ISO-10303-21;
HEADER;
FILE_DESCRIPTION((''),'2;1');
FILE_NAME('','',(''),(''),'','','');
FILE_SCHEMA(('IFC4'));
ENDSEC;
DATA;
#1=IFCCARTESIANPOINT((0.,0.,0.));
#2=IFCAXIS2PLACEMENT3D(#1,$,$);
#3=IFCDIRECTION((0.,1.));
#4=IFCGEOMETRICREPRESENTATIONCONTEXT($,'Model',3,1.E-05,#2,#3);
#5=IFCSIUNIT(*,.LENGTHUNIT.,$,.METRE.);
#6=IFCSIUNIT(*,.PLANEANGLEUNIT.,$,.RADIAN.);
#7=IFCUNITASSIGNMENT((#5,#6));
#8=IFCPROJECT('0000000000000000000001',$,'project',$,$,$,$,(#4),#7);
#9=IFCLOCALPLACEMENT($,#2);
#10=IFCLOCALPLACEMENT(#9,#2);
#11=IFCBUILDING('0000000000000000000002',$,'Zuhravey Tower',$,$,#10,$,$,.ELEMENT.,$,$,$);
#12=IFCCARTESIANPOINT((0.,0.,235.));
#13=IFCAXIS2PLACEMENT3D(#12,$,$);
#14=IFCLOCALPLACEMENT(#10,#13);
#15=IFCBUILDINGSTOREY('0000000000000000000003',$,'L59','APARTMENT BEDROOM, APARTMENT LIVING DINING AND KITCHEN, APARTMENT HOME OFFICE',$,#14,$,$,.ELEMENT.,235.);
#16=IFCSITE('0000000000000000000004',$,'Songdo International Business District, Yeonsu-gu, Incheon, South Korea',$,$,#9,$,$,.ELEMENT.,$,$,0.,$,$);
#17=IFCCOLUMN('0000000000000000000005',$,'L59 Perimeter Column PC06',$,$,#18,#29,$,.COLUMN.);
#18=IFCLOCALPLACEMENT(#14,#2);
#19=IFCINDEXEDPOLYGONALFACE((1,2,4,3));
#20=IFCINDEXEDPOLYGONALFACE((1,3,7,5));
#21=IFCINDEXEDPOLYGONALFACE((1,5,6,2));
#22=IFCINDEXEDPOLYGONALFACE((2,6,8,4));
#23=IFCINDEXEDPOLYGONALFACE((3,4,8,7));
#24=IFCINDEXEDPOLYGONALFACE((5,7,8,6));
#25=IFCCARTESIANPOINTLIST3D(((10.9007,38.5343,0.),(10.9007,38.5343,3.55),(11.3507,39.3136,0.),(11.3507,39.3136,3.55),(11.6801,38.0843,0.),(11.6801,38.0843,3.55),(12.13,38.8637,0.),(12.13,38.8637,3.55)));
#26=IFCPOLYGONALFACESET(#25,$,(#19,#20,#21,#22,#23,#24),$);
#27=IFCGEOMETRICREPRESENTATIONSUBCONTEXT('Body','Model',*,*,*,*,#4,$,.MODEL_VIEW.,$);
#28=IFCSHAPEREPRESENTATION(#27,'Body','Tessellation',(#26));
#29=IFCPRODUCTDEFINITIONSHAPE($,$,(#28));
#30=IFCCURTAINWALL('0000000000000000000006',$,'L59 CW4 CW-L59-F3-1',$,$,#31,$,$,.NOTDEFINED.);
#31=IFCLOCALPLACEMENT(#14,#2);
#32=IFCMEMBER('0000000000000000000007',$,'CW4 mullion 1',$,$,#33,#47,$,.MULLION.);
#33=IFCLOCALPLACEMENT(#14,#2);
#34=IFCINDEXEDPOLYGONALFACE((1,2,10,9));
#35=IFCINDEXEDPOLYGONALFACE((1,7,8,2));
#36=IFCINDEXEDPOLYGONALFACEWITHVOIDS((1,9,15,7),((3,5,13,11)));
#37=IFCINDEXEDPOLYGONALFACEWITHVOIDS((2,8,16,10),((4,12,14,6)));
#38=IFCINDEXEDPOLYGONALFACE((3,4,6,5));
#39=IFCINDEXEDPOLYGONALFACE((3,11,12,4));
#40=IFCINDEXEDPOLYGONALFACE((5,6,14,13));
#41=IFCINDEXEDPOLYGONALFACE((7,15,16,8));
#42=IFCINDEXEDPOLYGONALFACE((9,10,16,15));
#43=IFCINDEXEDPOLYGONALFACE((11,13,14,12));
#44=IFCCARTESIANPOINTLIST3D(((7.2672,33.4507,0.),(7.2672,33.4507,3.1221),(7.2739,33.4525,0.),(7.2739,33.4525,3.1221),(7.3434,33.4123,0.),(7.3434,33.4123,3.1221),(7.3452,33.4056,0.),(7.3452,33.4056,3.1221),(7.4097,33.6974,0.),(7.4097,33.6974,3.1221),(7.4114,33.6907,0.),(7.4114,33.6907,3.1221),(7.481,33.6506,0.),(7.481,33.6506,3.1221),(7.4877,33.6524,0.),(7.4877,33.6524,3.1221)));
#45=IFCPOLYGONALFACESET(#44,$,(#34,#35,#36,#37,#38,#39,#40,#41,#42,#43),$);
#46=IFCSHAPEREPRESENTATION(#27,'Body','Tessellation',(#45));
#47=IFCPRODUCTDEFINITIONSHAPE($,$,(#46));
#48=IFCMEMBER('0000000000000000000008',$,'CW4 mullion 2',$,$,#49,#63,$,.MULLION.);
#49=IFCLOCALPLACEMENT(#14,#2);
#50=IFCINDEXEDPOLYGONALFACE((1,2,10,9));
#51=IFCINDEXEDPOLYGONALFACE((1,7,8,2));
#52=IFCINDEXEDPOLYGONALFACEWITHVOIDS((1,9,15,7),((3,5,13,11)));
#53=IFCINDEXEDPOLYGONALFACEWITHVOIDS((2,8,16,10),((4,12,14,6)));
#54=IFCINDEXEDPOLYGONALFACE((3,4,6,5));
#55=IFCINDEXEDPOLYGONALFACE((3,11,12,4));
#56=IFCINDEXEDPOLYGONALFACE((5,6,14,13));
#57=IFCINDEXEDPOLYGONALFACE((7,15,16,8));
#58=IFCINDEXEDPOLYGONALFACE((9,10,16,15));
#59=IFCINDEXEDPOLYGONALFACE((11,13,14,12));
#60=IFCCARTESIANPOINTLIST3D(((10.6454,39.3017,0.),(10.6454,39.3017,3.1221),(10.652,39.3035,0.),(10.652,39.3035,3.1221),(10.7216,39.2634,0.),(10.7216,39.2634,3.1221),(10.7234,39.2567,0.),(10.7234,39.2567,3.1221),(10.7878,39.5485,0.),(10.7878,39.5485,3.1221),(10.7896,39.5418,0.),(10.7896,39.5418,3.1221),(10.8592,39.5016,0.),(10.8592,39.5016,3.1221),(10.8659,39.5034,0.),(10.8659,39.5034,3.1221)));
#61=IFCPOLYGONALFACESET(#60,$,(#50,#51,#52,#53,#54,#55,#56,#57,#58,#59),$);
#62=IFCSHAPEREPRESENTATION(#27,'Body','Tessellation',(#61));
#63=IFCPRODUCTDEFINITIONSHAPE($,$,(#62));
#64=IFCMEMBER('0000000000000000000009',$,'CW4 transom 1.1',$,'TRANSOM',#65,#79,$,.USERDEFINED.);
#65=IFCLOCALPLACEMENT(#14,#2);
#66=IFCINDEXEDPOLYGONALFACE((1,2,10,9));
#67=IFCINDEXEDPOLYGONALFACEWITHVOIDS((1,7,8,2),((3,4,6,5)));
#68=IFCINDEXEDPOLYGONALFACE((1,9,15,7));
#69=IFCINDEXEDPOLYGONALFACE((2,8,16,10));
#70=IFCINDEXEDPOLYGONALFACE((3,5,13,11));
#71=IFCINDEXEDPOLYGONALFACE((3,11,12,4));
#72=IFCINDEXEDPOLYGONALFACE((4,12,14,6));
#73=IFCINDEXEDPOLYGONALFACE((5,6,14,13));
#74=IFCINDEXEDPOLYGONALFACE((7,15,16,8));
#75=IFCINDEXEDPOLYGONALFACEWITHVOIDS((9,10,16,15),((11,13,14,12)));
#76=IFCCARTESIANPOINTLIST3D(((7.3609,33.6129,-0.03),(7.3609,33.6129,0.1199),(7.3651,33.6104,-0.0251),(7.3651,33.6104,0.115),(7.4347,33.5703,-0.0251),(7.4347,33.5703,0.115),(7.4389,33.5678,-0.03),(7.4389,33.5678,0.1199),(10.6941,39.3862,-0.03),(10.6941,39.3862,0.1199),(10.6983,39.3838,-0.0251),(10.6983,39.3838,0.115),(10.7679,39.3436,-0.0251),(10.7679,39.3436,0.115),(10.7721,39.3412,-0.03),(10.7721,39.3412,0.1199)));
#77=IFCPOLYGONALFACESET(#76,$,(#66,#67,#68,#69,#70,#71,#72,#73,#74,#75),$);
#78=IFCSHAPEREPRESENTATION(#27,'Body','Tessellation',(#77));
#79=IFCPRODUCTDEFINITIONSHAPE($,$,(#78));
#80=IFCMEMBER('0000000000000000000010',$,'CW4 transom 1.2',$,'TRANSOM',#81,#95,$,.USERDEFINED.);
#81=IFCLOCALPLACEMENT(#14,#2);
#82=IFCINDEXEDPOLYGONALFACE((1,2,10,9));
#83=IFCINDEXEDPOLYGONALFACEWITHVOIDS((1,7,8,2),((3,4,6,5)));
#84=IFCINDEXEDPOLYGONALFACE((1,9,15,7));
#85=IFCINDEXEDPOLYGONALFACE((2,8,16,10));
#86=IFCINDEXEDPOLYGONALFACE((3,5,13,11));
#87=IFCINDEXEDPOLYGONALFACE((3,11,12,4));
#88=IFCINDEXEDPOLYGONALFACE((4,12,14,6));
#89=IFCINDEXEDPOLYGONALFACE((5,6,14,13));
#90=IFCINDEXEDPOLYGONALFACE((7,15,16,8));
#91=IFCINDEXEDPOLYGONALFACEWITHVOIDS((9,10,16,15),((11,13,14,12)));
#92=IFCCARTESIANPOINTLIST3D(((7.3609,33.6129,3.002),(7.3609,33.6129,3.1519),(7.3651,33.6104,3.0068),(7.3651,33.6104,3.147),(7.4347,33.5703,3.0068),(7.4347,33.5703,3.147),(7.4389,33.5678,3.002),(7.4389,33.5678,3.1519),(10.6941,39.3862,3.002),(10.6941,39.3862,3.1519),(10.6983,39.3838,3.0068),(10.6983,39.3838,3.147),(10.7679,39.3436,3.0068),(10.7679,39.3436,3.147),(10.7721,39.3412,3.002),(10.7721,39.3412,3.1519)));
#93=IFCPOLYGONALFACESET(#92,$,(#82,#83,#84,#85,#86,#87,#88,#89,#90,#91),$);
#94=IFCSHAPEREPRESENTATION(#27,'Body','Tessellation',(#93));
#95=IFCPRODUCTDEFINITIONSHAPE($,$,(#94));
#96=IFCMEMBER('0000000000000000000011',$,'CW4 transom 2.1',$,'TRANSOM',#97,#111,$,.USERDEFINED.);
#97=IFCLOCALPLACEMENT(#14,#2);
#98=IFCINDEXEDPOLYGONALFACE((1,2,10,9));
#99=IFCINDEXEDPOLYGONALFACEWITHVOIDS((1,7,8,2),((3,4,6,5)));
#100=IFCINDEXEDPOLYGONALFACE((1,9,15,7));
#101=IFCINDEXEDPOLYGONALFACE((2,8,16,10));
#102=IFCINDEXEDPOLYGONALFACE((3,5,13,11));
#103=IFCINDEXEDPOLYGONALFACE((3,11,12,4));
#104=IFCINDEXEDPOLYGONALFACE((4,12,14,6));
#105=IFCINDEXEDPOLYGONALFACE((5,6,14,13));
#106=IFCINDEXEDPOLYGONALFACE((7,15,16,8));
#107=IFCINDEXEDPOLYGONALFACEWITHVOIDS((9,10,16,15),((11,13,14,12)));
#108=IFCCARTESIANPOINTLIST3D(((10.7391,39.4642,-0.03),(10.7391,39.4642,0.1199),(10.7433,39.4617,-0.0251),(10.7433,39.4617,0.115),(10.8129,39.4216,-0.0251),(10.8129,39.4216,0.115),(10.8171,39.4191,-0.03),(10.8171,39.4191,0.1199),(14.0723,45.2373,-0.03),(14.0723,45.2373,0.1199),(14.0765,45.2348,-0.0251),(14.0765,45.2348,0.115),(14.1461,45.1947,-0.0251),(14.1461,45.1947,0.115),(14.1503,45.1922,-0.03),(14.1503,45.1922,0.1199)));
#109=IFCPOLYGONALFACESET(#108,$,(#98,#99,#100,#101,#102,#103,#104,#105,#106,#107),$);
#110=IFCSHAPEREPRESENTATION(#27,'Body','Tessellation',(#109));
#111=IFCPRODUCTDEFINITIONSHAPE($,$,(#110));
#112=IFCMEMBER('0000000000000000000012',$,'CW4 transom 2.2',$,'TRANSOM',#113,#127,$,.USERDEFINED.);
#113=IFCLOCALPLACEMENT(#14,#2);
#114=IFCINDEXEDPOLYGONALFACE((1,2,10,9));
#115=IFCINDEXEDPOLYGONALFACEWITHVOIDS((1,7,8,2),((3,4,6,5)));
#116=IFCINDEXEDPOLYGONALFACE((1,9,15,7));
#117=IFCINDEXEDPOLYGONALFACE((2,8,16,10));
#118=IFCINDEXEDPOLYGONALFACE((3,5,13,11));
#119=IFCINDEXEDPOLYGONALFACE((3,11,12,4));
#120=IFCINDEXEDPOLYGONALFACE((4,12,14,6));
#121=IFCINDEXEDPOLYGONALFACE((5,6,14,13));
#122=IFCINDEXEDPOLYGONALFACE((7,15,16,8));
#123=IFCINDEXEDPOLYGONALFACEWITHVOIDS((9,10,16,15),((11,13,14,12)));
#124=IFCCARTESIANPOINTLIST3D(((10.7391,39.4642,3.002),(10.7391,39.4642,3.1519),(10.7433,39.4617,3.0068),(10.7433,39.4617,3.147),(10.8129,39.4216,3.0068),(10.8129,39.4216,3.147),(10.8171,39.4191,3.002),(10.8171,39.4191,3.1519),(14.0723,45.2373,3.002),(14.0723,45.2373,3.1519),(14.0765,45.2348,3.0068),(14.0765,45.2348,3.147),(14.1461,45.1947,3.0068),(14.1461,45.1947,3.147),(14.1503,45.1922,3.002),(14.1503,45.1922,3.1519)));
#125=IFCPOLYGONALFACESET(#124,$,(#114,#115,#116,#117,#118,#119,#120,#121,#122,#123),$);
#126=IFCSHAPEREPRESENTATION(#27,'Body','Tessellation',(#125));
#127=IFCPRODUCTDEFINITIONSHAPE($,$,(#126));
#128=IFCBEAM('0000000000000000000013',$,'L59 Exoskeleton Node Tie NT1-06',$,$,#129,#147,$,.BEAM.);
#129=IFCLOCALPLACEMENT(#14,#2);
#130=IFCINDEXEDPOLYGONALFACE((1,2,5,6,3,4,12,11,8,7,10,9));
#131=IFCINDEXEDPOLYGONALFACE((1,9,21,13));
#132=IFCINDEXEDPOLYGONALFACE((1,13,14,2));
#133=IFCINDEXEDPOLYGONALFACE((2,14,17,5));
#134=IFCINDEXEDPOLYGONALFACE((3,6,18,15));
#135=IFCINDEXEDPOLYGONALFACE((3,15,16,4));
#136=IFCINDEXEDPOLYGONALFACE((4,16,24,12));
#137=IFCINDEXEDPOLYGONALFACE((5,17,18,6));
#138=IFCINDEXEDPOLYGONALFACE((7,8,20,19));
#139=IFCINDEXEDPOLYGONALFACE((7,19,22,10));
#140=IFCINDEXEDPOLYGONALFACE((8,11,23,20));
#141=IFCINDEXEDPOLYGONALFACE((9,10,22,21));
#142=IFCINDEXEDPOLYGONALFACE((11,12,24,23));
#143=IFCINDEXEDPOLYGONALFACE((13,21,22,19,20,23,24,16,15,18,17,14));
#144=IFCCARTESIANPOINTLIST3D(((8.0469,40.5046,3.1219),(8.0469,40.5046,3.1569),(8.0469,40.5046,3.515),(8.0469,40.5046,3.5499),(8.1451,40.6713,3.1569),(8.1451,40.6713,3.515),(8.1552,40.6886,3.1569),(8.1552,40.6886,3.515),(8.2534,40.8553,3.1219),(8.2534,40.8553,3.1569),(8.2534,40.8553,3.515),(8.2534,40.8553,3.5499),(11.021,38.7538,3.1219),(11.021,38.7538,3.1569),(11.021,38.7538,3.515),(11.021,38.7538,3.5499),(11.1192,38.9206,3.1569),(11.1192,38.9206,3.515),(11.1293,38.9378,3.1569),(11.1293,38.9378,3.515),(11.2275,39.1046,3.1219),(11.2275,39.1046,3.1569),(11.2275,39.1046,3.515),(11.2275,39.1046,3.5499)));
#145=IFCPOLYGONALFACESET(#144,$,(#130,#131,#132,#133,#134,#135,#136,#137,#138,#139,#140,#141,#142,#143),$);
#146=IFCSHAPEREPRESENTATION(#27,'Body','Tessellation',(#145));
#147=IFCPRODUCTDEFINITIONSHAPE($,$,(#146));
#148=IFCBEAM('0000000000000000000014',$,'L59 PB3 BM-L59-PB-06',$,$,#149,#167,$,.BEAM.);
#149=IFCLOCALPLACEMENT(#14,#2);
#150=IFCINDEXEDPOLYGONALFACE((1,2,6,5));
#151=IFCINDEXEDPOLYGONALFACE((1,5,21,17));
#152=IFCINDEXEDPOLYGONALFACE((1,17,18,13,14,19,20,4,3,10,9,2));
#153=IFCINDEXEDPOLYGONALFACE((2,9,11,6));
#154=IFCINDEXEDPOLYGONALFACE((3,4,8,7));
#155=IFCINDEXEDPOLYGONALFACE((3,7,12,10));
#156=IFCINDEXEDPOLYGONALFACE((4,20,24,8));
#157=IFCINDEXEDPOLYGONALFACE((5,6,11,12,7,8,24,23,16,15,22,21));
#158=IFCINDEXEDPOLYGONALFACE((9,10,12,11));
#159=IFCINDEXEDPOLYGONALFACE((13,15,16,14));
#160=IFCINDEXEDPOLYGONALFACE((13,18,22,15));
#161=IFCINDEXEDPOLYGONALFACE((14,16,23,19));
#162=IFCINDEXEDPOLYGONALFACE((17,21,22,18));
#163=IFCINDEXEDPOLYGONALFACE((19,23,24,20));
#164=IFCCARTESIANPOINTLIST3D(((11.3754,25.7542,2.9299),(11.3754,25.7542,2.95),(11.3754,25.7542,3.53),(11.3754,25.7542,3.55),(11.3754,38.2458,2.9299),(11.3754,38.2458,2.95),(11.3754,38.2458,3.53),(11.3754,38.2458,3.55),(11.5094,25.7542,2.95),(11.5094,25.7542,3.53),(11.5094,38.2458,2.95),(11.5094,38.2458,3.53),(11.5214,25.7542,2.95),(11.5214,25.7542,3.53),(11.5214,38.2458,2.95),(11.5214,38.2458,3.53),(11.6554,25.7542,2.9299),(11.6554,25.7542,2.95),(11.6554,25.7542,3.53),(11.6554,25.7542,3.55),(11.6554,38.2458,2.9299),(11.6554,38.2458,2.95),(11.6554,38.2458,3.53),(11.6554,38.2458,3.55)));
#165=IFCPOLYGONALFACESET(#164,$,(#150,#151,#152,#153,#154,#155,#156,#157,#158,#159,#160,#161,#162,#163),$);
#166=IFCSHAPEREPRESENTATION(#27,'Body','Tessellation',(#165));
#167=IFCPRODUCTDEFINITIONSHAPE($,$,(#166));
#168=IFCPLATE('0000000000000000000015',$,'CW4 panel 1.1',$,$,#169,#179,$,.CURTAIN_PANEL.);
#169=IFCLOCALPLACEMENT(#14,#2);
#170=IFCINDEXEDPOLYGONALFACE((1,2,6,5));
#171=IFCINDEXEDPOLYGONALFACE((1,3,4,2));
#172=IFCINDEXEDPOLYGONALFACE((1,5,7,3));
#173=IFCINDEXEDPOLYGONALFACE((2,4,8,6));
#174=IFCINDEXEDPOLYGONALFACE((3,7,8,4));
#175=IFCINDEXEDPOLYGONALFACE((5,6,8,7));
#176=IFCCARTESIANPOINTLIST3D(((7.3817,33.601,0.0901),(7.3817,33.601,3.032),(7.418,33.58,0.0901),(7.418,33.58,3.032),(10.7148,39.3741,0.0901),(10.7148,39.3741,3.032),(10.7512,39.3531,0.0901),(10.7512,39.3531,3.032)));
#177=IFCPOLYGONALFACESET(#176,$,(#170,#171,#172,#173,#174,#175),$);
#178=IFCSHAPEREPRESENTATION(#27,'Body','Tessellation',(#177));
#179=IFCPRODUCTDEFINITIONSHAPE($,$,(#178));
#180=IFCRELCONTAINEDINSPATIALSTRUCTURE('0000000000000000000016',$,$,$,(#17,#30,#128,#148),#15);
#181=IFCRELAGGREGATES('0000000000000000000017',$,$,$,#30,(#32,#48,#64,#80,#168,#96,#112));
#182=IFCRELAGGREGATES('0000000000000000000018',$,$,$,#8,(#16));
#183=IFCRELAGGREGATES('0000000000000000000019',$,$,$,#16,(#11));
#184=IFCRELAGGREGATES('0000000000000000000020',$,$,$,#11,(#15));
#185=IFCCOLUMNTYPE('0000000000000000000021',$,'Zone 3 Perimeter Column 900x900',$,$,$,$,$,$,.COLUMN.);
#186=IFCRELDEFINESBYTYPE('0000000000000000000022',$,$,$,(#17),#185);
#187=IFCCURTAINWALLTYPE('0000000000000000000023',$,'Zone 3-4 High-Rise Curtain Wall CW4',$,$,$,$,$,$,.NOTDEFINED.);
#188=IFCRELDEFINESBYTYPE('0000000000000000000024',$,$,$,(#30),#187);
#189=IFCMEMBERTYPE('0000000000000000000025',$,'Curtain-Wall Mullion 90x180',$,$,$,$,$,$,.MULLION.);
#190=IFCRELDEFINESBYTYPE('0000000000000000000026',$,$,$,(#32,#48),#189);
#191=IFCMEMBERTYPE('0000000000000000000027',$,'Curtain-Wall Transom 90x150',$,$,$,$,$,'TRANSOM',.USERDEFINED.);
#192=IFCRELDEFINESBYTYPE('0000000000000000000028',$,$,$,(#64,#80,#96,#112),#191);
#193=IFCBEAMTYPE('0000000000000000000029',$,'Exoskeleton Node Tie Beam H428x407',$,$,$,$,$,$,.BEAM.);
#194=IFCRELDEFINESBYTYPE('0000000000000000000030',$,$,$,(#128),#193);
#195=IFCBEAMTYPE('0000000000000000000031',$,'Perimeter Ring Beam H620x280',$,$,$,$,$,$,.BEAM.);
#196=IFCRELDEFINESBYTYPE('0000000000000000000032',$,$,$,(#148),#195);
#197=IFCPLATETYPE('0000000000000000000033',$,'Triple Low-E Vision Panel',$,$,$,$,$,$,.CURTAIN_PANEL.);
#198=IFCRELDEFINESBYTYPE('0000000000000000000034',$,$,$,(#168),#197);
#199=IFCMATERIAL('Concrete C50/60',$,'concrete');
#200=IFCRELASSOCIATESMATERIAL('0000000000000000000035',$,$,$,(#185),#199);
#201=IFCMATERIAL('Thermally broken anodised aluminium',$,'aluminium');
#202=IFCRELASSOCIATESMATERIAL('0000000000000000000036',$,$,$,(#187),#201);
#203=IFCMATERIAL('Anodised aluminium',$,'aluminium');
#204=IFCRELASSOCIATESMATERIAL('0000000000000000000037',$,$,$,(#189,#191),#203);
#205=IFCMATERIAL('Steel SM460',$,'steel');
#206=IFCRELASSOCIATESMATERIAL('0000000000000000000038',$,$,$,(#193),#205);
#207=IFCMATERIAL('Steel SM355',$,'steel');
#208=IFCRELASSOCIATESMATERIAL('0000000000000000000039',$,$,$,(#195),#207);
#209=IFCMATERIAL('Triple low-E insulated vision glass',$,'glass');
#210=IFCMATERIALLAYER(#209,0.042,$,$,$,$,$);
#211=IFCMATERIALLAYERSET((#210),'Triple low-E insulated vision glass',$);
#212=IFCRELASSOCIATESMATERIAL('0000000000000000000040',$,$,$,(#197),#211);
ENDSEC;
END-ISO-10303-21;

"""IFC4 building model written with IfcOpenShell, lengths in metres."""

from ifc_helpers import new_model, si_unit, direction, frame, origin, origin_2d, place, context, subcontext, project, spatial, rectangle, hollow_rectangle, i_section, extrude, material, layer, layer_set, material_profile, profile_set, type_object, element, aggregate, save


model = new_model("IFC4")

# Units and contexts
model_context = context("Model", 3, precision=1e-05, world=origin(), true_north=direction((0.0, 1.0)))
body_context = subcontext(model_context, "Body", "Model", "MODEL_VIEW")
ifc_project = project(units=[si_unit("LENGTHUNIT", "METRE"), si_unit("PLANEANGLEUNIT", "RADIAN")], contexts=[model_context])

# Site, building, storey
site_placement = place(None, origin())
site = spatial("IfcSite", under=ifc_project, at=site_placement, Name="Songdo International Business District, Yeonsu-gu, Incheon, South Korea", CompositionType="ELEMENT", RefElevation=0.0)
building_placement = place(site_placement, origin())
building = spatial("IfcBuilding", under=site, at=building_placement, Name="Zuhravey Tower", CompositionType="ELEMENT")
storey_placement = place(building_placement, frame((0.0, 0.0, 235.0)))
storey = spatial("IfcBuildingStorey", under=building, at=storey_placement, Name="L59", Description="APARTMENT BEDROOM, APARTMENT LIVING DINING AND KITCHEN, APARTMENT HOME OFFICE", CompositionType="ELEMENT", Elevation=235.0)

# Column
ifc_material_1 = material(Name="Concrete C50/60", Category="concrete")
ifc_material_profile_1 = material_profile(ifc_material_1, rectangle(XDim=0.8999, YDim=0.8999, at=origin_2d()), Name="RC-900x900")
ifc_profile_set_1 = profile_set([ifc_material_profile_1], Name="Concrete C50/60")
column_type = type_object("IfcColumnType", Name="Zone 3 Perimeter Column 900x900", PredefinedType="COLUMN", material=ifc_profile_set_1)
column_placement = place(storey_placement, frame((11.5154, 38.699, 0.0), z_axis=(0.0, 0.0, 1.0), x_axis=(-0.5, -0.866025, 0.0)))
element("IfcColumn", 1, at=column_placement, inside=storey, type_object=column_type, Name="L59 Perimeter Column PC06", PredefinedType="COLUMN", context=body_context, shape_type="SweptSolid", body=[
    extrude(rectangle(XDim=0.8999, YDim=0.8999, at=origin_2d()), origin(), (0.0, 0.0, 1.0), 3.55),
])

# Curtain wall, members
ifc_material_2 = material(Name="Thermally broken anodised aluminium", Category="aluminium")
curtain_wall_type = type_object("IfcCurtainWallType", Name="Zone 3-4 High-Rise Curtain Wall CW4", PredefinedType="NOTDEFINED", material=ifc_material_2)
curtain_wall_placement = place(storey_placement, origin())
curtain_wall = element("IfcCurtainWall", 2, at=curtain_wall_placement, inside=storey, type_object=curtain_wall_type, Name="L59 CW4 CW-L59-F3-1", PredefinedType="NOTDEFINED")
ifc_material_3 = material(Name="Anodised aluminium", Category="aluminium")
ifc_material_profile_2 = material_profile(ifc_material_3, hollow_rectangle(XDim=0.0901, YDim=0.2849, WallThickness=0.0049, at=origin_2d()), Name="ALU-RHS-90x285x5")
ifc_profile_set_2 = profile_set([ifc_material_profile_2], Name="Anodised aluminium")
member_type_1 = type_object("IfcMemberType", Name="Curtain-Wall Mullion 90x180", PredefinedType="MULLION", material=ifc_profile_set_2)
member_1_placement = place(storey_placement, frame((7.3774, 33.5515, 0.0), z_axis=(0.0, 0.0, 1.0), x_axis=(-0.866024, 0.500002, 0.0)))
member_1 = element("IfcMember", 3, at=member_1_placement, type_object=member_type_1, Name="CW4 mullion 1", PredefinedType="MULLION", context=body_context, shape_type="SweptSolid", body=[
    extrude(hollow_rectangle(XDim=0.0901, YDim=0.2849, WallThickness=0.0049, at=origin_2d()), origin(), (0.0, 0.0, 1.0), 3.1221),
])
member_2_placement = place(storey_placement, frame((10.7556, 39.4026, 0.0), z_axis=(0.0, 0.0, 1.0), x_axis=(-0.866024, 0.500002, 0.0)))
member_2 = element("IfcMember", 4, at=member_2_placement, type_object=member_type_1, Name="CW4 mullion 2", PredefinedType="MULLION", context=body_context, shape_type="SweptSolid", body=[
    extrude(hollow_rectangle(XDim=0.0901, YDim=0.2849, WallThickness=0.0049, at=origin_2d()), origin(), (0.0, 0.0, 1.0), 3.1221),
])
ifc_material_profile_3 = material_profile(ifc_material_3, hollow_rectangle(XDim=0.0901, YDim=0.1499, WallThickness=0.0049, at=origin_2d()), Name="ALU-RHS-90x150x5")
ifc_profile_set_3 = profile_set([ifc_material_profile_3], Name="Anodised aluminium")
member_type_2 = type_object("IfcMemberType", Name="Curtain-Wall Transom 90x150", ElementType="TRANSOM", PredefinedType="USERDEFINED", material=ifc_profile_set_3)
member_3_placement = place(storey_placement, frame((7.3999, 33.5903, 0.0449), z_axis=(0.499995, 0.866028, 0.0), x_axis=(-0.866028, 0.499995, 0.0)))
member_3 = element("IfcMember", 5, at=member_3_placement, type_object=member_type_2, Name="CW4 transom 1.1", ObjectType="TRANSOM", PredefinedType="USERDEFINED", context=body_context, shape_type="SweptSolid", body=[
    extrude(hollow_rectangle(XDim=0.0901, YDim=0.1499, WallThickness=0.0049, at=origin_2d()), origin(), (0.0, 0.0, 1.0), 6.6665),
])
member_4_placement = place(storey_placement, frame((7.3999, 33.5903, 3.0769), z_axis=(0.499995, 0.866028, 0.0), x_axis=(-0.866028, 0.499995, 0.0)))
member_4 = element("IfcMember", 6, at=member_4_placement, type_object=member_type_2, Name="CW4 transom 1.2", ObjectType="TRANSOM", PredefinedType="USERDEFINED", context=body_context, shape_type="SweptSolid", body=[
    extrude(hollow_rectangle(XDim=0.0901, YDim=0.1499, WallThickness=0.0049, at=origin_2d()), origin(), (0.0, 0.0, 1.0), 6.6665),
])
member_5_placement = place(storey_placement, frame((10.7781, 39.4417, 0.0449), z_axis=(0.500011, 0.866019, 0.0), x_axis=(-0.866019, 0.500011, 0.0)))
member_5 = element("IfcMember", 7, at=member_5_placement, type_object=member_type_2, Name="CW4 transom 2.1", ObjectType="TRANSOM", PredefinedType="USERDEFINED", context=body_context, shape_type="SweptSolid", body=[
    extrude(hollow_rectangle(XDim=0.0901, YDim=0.1499, WallThickness=0.0049, at=origin_2d()), origin(), (0.0, 0.0, 1.0), 6.6663),
])
member_6_placement = place(storey_placement, frame((10.7781, 39.4417, 3.0769), z_axis=(0.500011, 0.866019, 0.0), x_axis=(-0.866019, 0.500011, 0.0)))
member_6 = element("IfcMember", 8, at=member_6_placement, type_object=member_type_2, Name="CW4 transom 2.2", ObjectType="TRANSOM", PredefinedType="USERDEFINED", context=body_context, shape_type="SweptSolid", body=[
    extrude(hollow_rectangle(XDim=0.0901, YDim=0.1499, WallThickness=0.0049, at=origin_2d()), origin(), (0.0, 0.0, 1.0), 6.6663),
])

# Beams
ifc_material_4 = material(Name="Steel SM460", Category="steel")
ifc_material_profile_4 = material_profile(ifc_material_4, i_section(OverallWidth=0.407, OverallDepth=0.428, WebThickness=0.02, FlangeThickness=0.0349, at=origin_2d()), Name="H-428x407x20x35")
ifc_profile_set_4 = profile_set([ifc_material_profile_4], Name="Steel SM460")
beam_type_1 = type_object("IfcBeamType", Name="Exoskeleton Node Tie Beam H428x407", PredefinedType="BEAM", material=ifc_profile_set_4)
beam_1_placement = place(storey_placement, frame((11.1243, 38.9292, 3.3359), z_axis=(-0.861776, 0.507289, 0.0), x_axis=(-0.507289, -0.861776, 0.0)))
element("IfcBeam", 9, at=beam_1_placement, inside=storey, type_object=beam_type_1, Name="L59 Exoskeleton Node Tie NT1-06", PredefinedType="BEAM", context=body_context, shape_type="SweptSolid", body=[
    extrude(i_section(OverallWidth=0.407, OverallDepth=0.428, WebThickness=0.02, FlangeThickness=0.0349, at=origin_2d()), origin(), (0.0, 0.0, 1.0), 3.4512),
])
ifc_material_5 = material(Name="Steel SM355", Category="steel")
ifc_material_profile_5 = material_profile(ifc_material_5, i_section(OverallWidth=0.28, OverallDepth=0.6201, WebThickness=0.012, FlangeThickness=0.02, at=origin_2d()), Name="H-620x280x12x20")
ifc_profile_set_5 = profile_set([ifc_material_profile_5], Name="Steel SM355")
beam_type_2 = type_object("IfcBeamType", Name="Perimeter Ring Beam H620x280", PredefinedType="BEAM", material=ifc_profile_set_5)
beam_2_placement = place(storey_placement, frame((11.5154, 38.2458, 3.24), z_axis=(0.0, -1.0, 0.0), x_axis=(1.0, 0.0, 0.0)))
element("IfcBeam", 10, at=beam_2_placement, inside=storey, type_object=beam_type_2, Name="L59 PB3 BM-L59-PB-06", PredefinedType="BEAM", context=body_context, shape_type="SweptSolid", body=[
    extrude(i_section(OverallWidth=0.28, OverallDepth=0.6201, WebThickness=0.012, FlangeThickness=0.02, at=origin_2d()), origin(), (0.0, 0.0, 1.0), 12.4917),
])

# Plate
ifc_material_6 = material(Name="Triple low-E insulated vision glass", Category="glass")
ifc_layer_1 = layer(ifc_material_6, 0.042)
ifc_layer_set_1 = layer_set([ifc_layer_1], Name="Triple low-E insulated vision glass")
plate_type = type_object("IfcPlateType", Name="Triple Low-E Vision Panel", PredefinedType="CURTAIN_PANEL", material=ifc_layer_set_1)
plate_1_placement = place(storey_placement, frame((9.0664, 36.4771, 0.0901), z_axis=(0.0, 0.0, 1.0), x_axis=(0.500002, 0.866024, 0.0)))
plate_1 = element("IfcPlate", 11, at=plate_1_placement, type_object=plate_type, Name="CW4 panel 1.1", PredefinedType="CURTAIN_PANEL", context=body_context, shape_type="SweptSolid", body=[
    extrude(rectangle(XDim=6.6663, YDim=0.042, at=origin_2d()), origin(), (0.0, 0.0, 1.0), 2.9419),
])
aggregate(curtain_wall, [member_1, member_2, member_3, member_4, plate_1, member_5, member_6])

save(model, "model.ifc")
